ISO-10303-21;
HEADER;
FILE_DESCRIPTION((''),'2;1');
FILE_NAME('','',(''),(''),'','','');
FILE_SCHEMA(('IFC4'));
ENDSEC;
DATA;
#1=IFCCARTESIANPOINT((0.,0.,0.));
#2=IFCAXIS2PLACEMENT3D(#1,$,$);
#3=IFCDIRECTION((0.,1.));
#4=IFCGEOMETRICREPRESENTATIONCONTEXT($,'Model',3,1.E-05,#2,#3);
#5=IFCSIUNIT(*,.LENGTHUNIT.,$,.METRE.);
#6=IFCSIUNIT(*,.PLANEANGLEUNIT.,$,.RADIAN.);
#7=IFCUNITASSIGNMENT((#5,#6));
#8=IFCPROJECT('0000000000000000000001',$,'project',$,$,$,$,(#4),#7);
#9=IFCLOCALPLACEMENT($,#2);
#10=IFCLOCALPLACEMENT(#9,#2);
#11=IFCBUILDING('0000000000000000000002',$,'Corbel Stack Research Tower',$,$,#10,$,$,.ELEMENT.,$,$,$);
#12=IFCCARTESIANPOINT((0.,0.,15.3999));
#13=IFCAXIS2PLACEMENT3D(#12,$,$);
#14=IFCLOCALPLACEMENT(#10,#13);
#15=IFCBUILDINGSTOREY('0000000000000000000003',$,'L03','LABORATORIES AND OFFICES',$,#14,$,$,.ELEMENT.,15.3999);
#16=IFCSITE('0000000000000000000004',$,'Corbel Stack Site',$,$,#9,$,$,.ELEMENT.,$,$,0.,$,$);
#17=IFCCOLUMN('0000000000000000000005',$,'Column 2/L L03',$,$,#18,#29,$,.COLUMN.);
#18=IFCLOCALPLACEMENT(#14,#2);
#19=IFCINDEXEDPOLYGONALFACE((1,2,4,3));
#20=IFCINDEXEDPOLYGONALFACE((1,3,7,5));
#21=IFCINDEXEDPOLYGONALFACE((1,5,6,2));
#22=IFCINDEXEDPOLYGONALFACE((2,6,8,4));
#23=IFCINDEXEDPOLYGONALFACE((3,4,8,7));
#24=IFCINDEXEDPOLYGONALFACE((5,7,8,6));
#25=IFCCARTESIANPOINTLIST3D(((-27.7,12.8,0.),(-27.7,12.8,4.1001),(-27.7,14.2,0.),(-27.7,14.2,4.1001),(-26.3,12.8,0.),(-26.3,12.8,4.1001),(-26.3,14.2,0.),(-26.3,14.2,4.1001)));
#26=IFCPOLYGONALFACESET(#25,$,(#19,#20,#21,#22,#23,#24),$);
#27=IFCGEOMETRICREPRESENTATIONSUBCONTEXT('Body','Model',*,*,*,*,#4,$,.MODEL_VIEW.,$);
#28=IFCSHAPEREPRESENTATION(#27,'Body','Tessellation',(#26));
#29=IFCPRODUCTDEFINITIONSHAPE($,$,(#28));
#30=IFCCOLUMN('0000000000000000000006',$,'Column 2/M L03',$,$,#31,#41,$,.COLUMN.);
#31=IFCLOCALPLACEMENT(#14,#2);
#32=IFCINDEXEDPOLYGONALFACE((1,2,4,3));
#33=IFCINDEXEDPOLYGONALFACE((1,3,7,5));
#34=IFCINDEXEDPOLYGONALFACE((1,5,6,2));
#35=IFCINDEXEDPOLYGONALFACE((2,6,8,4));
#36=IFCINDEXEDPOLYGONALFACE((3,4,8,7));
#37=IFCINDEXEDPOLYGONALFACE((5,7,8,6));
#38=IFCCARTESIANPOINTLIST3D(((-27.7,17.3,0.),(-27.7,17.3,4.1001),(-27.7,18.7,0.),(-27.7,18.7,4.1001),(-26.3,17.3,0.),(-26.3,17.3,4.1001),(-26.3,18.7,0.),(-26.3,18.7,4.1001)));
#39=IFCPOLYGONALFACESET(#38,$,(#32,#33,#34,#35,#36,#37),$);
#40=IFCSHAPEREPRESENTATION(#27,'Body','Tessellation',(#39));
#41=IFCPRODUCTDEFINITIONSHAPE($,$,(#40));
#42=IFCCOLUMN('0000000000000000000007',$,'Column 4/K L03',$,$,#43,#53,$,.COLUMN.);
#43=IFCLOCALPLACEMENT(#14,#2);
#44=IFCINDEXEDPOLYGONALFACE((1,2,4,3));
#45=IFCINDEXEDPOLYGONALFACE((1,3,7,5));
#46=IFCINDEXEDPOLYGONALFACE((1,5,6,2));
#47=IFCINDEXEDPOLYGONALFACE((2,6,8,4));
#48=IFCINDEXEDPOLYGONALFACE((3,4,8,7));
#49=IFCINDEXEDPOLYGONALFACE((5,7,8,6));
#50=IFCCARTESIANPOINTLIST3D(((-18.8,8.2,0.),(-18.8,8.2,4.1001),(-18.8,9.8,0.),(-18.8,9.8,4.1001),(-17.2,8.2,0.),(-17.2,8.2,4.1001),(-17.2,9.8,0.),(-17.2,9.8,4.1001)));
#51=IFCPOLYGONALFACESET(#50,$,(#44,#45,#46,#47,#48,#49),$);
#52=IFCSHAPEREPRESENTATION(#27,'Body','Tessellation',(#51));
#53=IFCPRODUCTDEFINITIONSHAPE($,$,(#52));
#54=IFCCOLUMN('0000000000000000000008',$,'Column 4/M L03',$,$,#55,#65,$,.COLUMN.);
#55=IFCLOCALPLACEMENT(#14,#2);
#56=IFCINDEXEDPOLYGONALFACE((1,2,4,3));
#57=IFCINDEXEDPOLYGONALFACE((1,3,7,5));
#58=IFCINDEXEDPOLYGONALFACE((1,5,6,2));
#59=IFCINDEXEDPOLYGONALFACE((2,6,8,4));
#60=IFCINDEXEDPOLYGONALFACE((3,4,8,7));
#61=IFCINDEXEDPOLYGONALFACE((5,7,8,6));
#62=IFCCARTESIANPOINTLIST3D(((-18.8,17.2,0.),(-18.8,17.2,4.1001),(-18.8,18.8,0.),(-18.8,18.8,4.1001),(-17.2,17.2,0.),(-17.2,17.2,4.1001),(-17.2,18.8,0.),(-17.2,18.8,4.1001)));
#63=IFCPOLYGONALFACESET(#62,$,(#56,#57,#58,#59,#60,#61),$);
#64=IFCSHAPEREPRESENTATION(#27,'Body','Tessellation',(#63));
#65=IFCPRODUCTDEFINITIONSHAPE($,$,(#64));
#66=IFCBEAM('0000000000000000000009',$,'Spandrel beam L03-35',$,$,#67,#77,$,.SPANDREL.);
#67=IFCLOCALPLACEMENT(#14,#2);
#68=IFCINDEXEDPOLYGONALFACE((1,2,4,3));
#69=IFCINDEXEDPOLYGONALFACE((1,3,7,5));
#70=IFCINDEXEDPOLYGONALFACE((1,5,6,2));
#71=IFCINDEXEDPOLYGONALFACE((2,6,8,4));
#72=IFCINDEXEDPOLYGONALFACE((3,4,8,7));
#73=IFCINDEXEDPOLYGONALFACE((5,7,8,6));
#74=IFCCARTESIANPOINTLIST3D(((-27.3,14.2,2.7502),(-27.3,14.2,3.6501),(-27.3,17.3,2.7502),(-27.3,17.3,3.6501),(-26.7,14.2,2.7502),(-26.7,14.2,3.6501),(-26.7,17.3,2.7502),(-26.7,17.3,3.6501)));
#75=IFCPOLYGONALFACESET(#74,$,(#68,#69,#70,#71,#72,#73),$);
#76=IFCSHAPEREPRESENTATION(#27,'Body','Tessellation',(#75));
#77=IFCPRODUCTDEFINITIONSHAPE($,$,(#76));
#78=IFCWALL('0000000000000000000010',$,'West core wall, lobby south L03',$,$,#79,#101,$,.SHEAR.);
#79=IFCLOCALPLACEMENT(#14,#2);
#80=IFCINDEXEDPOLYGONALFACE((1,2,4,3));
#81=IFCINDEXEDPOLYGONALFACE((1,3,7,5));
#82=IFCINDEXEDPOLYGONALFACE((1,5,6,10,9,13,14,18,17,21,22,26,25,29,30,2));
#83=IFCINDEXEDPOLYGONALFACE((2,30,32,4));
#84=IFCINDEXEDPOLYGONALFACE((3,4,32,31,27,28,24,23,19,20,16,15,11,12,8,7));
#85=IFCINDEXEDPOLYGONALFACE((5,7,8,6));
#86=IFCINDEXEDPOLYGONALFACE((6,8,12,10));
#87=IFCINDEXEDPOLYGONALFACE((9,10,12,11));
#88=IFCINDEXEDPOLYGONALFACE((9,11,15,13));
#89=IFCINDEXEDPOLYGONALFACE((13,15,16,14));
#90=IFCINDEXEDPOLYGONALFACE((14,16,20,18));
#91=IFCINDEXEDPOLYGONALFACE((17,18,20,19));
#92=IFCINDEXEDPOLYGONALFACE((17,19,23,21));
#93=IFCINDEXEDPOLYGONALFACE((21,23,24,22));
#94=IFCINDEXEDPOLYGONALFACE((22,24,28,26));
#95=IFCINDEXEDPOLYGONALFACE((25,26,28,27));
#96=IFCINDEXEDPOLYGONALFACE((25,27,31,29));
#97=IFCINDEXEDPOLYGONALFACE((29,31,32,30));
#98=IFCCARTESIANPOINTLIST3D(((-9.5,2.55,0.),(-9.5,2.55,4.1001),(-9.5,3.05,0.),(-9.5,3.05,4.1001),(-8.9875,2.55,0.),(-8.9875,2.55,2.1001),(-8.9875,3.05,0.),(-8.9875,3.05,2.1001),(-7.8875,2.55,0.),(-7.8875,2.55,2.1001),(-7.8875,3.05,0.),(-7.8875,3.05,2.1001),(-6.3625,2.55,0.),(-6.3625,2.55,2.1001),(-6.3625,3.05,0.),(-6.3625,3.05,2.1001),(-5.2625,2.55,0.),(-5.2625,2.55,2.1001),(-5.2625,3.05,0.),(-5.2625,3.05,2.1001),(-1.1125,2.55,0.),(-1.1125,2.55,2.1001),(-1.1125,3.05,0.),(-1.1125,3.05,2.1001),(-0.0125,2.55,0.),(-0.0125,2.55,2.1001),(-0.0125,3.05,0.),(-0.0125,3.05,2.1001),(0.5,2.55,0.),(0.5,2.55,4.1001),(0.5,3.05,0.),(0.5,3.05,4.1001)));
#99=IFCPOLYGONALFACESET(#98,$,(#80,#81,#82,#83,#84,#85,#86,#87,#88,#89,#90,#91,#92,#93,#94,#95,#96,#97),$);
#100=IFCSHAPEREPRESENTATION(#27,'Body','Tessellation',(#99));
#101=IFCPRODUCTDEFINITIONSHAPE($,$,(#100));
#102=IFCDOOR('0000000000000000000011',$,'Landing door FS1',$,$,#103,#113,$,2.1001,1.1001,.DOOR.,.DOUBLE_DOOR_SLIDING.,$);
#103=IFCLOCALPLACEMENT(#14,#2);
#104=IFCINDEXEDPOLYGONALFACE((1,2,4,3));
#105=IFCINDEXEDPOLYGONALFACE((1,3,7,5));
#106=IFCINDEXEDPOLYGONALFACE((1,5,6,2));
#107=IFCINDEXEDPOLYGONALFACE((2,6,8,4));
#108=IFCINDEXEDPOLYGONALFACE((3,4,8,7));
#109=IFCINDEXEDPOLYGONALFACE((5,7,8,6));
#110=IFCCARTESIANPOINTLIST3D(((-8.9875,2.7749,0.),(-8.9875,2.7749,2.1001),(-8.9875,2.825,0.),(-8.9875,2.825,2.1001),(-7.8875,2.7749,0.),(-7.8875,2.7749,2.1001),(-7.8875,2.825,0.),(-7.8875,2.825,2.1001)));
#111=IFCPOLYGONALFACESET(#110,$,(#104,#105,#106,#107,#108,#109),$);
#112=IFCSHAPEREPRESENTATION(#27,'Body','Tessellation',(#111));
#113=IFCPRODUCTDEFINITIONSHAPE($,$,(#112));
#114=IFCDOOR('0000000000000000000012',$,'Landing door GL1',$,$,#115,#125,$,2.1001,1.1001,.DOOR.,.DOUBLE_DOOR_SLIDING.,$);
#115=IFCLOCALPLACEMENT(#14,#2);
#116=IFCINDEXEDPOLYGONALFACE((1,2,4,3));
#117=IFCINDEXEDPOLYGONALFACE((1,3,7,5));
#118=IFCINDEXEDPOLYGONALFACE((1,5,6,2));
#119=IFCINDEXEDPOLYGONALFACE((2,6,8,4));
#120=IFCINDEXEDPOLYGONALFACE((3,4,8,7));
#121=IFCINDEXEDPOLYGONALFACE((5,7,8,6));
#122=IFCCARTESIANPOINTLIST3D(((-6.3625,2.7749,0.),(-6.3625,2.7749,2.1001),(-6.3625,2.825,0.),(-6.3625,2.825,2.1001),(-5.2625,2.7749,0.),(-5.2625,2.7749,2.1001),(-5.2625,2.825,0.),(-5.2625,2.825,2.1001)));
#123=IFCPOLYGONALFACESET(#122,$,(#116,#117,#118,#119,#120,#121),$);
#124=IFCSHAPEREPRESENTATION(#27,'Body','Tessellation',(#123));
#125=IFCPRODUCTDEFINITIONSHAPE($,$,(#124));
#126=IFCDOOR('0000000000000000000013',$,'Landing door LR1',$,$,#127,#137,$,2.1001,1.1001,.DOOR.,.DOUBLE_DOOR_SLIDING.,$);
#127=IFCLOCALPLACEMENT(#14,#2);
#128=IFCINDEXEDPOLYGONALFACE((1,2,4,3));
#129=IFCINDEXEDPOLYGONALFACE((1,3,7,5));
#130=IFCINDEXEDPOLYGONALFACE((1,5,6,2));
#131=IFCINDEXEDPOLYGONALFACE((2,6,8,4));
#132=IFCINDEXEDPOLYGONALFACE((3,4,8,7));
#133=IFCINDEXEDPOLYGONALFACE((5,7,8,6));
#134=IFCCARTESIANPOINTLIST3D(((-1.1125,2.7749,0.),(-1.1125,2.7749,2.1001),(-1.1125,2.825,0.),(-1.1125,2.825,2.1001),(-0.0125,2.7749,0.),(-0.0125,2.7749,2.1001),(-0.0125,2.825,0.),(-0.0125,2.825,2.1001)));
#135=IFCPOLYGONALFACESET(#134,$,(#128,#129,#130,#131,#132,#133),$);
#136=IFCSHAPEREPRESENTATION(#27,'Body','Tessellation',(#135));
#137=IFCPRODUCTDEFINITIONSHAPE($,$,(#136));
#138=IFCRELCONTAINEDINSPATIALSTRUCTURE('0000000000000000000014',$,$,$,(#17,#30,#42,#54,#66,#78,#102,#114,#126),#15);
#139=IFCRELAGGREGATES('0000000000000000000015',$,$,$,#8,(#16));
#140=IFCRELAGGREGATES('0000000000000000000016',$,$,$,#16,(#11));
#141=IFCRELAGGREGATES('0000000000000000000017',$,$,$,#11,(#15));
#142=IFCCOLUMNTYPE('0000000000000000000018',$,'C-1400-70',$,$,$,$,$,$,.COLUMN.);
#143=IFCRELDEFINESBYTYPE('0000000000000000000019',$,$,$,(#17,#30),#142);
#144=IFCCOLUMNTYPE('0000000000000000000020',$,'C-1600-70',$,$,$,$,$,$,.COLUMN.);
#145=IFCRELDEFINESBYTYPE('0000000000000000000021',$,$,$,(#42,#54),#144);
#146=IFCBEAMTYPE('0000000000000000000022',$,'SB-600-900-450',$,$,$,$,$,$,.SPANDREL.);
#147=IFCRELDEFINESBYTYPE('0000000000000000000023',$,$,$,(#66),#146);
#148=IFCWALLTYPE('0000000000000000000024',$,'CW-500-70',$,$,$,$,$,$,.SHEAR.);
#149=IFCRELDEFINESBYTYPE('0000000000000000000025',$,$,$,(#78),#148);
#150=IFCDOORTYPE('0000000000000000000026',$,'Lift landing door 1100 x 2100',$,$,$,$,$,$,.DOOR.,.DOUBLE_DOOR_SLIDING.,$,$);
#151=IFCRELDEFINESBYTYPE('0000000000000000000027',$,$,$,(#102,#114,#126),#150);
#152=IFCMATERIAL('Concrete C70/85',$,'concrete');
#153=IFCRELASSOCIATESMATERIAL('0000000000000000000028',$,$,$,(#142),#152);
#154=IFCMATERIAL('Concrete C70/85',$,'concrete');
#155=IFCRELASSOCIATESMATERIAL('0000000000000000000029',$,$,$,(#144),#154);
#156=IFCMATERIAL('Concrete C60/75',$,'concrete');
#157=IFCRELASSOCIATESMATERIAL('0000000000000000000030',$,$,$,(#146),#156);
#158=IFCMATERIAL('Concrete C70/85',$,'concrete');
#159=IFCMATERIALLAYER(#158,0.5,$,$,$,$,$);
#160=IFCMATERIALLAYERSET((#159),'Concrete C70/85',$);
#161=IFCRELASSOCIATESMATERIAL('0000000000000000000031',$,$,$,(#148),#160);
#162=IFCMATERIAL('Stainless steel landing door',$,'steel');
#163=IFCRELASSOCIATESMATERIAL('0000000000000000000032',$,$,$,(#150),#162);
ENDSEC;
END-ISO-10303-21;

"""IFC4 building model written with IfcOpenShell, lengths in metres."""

from ifc_helpers import new_model, si_unit, direction, frame, frame_2d, origin, origin_2d, place, context, subcontext, project, spatial, rectangle, extrude, material, layer, layer_set, material_profile, profile_set, type_object, element, fill, save


model = new_model("IFC4")

# Units and contexts
model_context = context("Model", 3, precision=1e-05, world=origin(), true_north=direction((0.0, 1.0)))
body_context = subcontext(model_context, "Body", "Model", "MODEL_VIEW")
ifc_project = project(units=[si_unit("LENGTHUNIT", "METRE"), si_unit("PLANEANGLEUNIT", "RADIAN")], contexts=[model_context])

# Site, building, storey
site_placement = place(None, origin())
site = spatial("IfcSite", under=ifc_project, at=site_placement, Name="Corbel Stack Site", CompositionType="ELEMENT", RefElevation=0.0)
building_placement = place(site_placement, origin())
building = spatial("IfcBuilding", under=site, at=building_placement, Name="Corbel Stack Research Tower", CompositionType="ELEMENT")
storey_placement = place(building_placement, frame((0.0, 0.0, 15.3999)))
storey = spatial("IfcBuildingStorey", under=building, at=storey_placement, Name="L03", Description="LABORATORIES AND OFFICES", CompositionType="ELEMENT", Elevation=15.3999)

# Columns
ifc_material_1 = material(Name="Concrete C70/85", Category="concrete")
ifc_material_profile_1 = material_profile(ifc_material_1, rectangle(XDim=1.3999, YDim=1.3999, at=origin_2d()), Name="RC 1400 x 1400")
ifc_profile_set_1 = profile_set([ifc_material_profile_1], Name="Concrete C70/85")
column_type_1 = type_object("IfcColumnType", Name="C-1400-70", PredefinedType="COLUMN", material=ifc_profile_set_1)
for number, where, z_axis, x_axis, name in (
    (1, (-27.0, 13.5, 0.0), (0.0, 0.0, 1.0), (1.0, 0.0, 0.0), "Column 2/L L03"),
    (2, (-27.0, 18.0, 0.0), (0.0, 0.0, 1.0), (1.0, 0.0, 0.0), "Column 2/M L03"),
):
    element("IfcColumn", number, at=place(storey_placement, frame(where, z_axis=z_axis, x_axis=x_axis)), inside=storey, type_object=column_type_1, Name=name, PredefinedType="COLUMN", context=body_context, shape_type="SweptSolid", body=[
        extrude(rectangle(XDim=1.3999, YDim=1.3999, at=origin_2d()), origin(), (0.0, 0.0, 1.0), 4.1001),
    ])
ifc_material_2 = material(Name="Concrete C70/85", Category="concrete")
ifc_material_profile_2 = material_profile(ifc_material_2, rectangle(XDim=1.6001, YDim=1.6001, at=origin_2d()), Name="RC 1600 x 1600")
ifc_profile_set_2 = profile_set([ifc_material_profile_2], Name="Concrete C70/85")
column_type_2 = type_object("IfcColumnType", Name="C-1600-70", PredefinedType="COLUMN", material=ifc_profile_set_2)
for number, where, z_axis, x_axis, name in (
    (3, (-18.0, 9.0, 0.0), (0.0, 0.0, 1.0), (1.0, 0.0, 0.0), "Column 4/K L03"),
    (4, (-18.0, 18.0, 0.0), (0.0, 0.0, 1.0), (1.0, 0.0, 0.0), "Column 4/M L03"),
):
    element("IfcColumn", number, at=place(storey_placement, frame(where, z_axis=z_axis, x_axis=x_axis)), inside=storey, type_object=column_type_2, Name=name, PredefinedType="COLUMN", context=body_context, shape_type="SweptSolid", body=[
        extrude(rectangle(XDim=1.6001, YDim=1.6001, at=origin_2d()), origin(), (0.0, 0.0, 1.0), 4.1001),
    ])

# Beam
ifc_material_3 = material(Name="Concrete C60/75", Category="concrete")
ifc_material_profile_3 = material_profile(ifc_material_3, rectangle(XDim=0.6001, YDim=0.8999, at=origin_2d()), Name="RC 600 x 900")
ifc_profile_set_3 = profile_set([ifc_material_profile_3], Name="Concrete C60/75")
beam_type = type_object("IfcBeamType", Name="SB-600-900-450", PredefinedType="SPANDREL", material=ifc_profile_set_3)
beam_placement = place(storey_placement, frame((-27.0, 17.3, 3.2002), z_axis=(0.0, -1.0, 0.0), x_axis=(1.0, 0.0, 0.0)))
element("IfcBeam", 5, at=beam_placement, inside=storey, type_object=beam_type, Name="Spandrel beam L03-35", PredefinedType="SPANDREL", context=body_context, shape_type="SweptSolid", body=[
    extrude(rectangle(XDim=0.6001, YDim=0.8999, at=origin_2d()), origin(), (0.0, 0.0, 1.0), 3.1001),
])

# Wall, openings, doors
ifc_material_4 = material(Name="Concrete C70/85", Category="concrete")
ifc_layer_1 = layer(ifc_material_4, 0.5)
ifc_layer_set_1 = layer_set([ifc_layer_1], Name="Concrete C70/85")
wall_type_1 = type_object("IfcWallType", Name="CW-500-70", PredefinedType="SHEAR", material=ifc_layer_set_1)
wall_1_placement = place(storey_placement, frame((-9.5, 2.8, 0.0), z_axis=(0.0, 0.0, 1.0), x_axis=(1.0, 0.0, 0.0)))
wall_1 = element("IfcWall", 6, at=wall_1_placement, inside=storey, type_object=wall_type_1, Name="West core wall, lobby south L03", PredefinedType="SHEAR", context=body_context, shape_type="SweptSolid", body=[
    extrude(rectangle(XDim=10.0, YDim=0.5, at=frame_2d((5.0, 0.0))), origin(), (0.0, 0.0, 1.0), 4.1001),
])
opening_1_placement = place(wall_1_placement, frame((0.5125, 0.0, 0.0)))
opening_1 = element("IfcOpeningElement", 7, at=opening_1_placement, cuts=wall_1, PredefinedType="OPENING", context=body_context, shape_type="SweptSolid", body=[
    extrude(rectangle(XDim=1.1001, YDim=2.1001, at=frame_2d((0.55, 1.05))), frame((0.0, 0.26, 0.0), z_axis=(0.0, -1.0, 0.0), x_axis=(1.0, 0.0, 0.0)), (0.0, 0.0, 1.0), 0.52),
])
opening_2_placement = place(wall_1_placement, frame((3.1375, 0.0, 0.0)))
opening_2 = element("IfcOpeningElement", 8, at=opening_2_placement, cuts=wall_1, PredefinedType="OPENING", context=body_context, shape_type="SweptSolid", body=[
    extrude(rectangle(XDim=1.1001, YDim=2.1001, at=frame_2d((0.55, 1.05))), frame((0.0, 0.26, 0.0), z_axis=(0.0, -1.0, 0.0), x_axis=(1.0, 0.0, 0.0)), (0.0, 0.0, 1.0), 0.52),
])
opening_3_placement = place(wall_1_placement, frame((8.3875, 0.0, 0.0)))
opening_3 = element("IfcOpeningElement", 9, at=opening_3_placement, cuts=wall_1, PredefinedType="OPENING", context=body_context, shape_type="SweptSolid", body=[
    extrude(rectangle(XDim=1.1001, YDim=2.1001, at=frame_2d((0.55, 1.05))), frame((0.0, 0.26, 0.0), z_axis=(0.0, -1.0, 0.0), x_axis=(1.0, 0.0, 0.0)), (0.0, 0.0, 1.0), 0.52),
])
ifc_material_5 = material(Name="Stainless steel landing door", Category="steel")
door_type_1 = type_object("IfcDoorType", Name="Lift landing door 1100 x 2100", OperationType="DOUBLE_DOOR_SLIDING", PredefinedType="DOOR", material=ifc_material_5)
door_1_placement = place(opening_1_placement, origin())
door_1 = element("IfcDoor", 10, at=door_1_placement, inside=storey, type_object=door_type_1, Name="Landing door FS1", OperationType="DOUBLE_DOOR_SLIDING", OverallHeight=2.1001, OverallWidth=1.1001, PredefinedType="DOOR", context=body_context, shape_type="SweptSolid", body=[
    extrude(rectangle(XDim=1.1001, YDim=2.1001, at=frame_2d((0.55, 1.05))), frame((0.0, 0.0249, 0.0), z_axis=(0.0, -1.0, 0.0), x_axis=(1.0, 0.0, 0.0)), (0.0, 0.0, 1.0), 0.05),
])
fill(opening_1, door_1)
door_2_placement = place(opening_2_placement, origin())
door_2 = element("IfcDoor", 11, at=door_2_placement, inside=storey, type_object=door_type_1, Name="Landing door GL1", OperationType="DOUBLE_DOOR_SLIDING", OverallHeight=2.1001, OverallWidth=1.1001, PredefinedType="DOOR", context=body_context, shape_type="SweptSolid", body=[
    extrude(rectangle(XDim=1.1001, YDim=2.1001, at=frame_2d((0.55, 1.05))), frame((0.0, 0.0249, 0.0), z_axis=(0.0, -1.0, 0.0), x_axis=(1.0, 0.0, 0.0)), (0.0, 0.0, 1.0), 0.05),
])
fill(opening_2, door_2)
door_3_placement = place(opening_3_placement, origin())
door_3 = element("IfcDoor", 12, at=door_3_placement, inside=storey, type_object=door_type_1, Name="Landing door LR1", OperationType="DOUBLE_DOOR_SLIDING", OverallHeight=2.1001, OverallWidth=1.1001, PredefinedType="DOOR", context=body_context, shape_type="SweptSolid", body=[
    extrude(rectangle(XDim=1.1001, YDim=2.1001, at=frame_2d((0.55, 1.05))), frame((0.0, 0.0249, 0.0), z_axis=(0.0, -1.0, 0.0), x_axis=(1.0, 0.0, 0.0)), (0.0, 0.0, 1.0), 0.05),
])
fill(opening_3, door_3)

save(model, "model.ifc")
